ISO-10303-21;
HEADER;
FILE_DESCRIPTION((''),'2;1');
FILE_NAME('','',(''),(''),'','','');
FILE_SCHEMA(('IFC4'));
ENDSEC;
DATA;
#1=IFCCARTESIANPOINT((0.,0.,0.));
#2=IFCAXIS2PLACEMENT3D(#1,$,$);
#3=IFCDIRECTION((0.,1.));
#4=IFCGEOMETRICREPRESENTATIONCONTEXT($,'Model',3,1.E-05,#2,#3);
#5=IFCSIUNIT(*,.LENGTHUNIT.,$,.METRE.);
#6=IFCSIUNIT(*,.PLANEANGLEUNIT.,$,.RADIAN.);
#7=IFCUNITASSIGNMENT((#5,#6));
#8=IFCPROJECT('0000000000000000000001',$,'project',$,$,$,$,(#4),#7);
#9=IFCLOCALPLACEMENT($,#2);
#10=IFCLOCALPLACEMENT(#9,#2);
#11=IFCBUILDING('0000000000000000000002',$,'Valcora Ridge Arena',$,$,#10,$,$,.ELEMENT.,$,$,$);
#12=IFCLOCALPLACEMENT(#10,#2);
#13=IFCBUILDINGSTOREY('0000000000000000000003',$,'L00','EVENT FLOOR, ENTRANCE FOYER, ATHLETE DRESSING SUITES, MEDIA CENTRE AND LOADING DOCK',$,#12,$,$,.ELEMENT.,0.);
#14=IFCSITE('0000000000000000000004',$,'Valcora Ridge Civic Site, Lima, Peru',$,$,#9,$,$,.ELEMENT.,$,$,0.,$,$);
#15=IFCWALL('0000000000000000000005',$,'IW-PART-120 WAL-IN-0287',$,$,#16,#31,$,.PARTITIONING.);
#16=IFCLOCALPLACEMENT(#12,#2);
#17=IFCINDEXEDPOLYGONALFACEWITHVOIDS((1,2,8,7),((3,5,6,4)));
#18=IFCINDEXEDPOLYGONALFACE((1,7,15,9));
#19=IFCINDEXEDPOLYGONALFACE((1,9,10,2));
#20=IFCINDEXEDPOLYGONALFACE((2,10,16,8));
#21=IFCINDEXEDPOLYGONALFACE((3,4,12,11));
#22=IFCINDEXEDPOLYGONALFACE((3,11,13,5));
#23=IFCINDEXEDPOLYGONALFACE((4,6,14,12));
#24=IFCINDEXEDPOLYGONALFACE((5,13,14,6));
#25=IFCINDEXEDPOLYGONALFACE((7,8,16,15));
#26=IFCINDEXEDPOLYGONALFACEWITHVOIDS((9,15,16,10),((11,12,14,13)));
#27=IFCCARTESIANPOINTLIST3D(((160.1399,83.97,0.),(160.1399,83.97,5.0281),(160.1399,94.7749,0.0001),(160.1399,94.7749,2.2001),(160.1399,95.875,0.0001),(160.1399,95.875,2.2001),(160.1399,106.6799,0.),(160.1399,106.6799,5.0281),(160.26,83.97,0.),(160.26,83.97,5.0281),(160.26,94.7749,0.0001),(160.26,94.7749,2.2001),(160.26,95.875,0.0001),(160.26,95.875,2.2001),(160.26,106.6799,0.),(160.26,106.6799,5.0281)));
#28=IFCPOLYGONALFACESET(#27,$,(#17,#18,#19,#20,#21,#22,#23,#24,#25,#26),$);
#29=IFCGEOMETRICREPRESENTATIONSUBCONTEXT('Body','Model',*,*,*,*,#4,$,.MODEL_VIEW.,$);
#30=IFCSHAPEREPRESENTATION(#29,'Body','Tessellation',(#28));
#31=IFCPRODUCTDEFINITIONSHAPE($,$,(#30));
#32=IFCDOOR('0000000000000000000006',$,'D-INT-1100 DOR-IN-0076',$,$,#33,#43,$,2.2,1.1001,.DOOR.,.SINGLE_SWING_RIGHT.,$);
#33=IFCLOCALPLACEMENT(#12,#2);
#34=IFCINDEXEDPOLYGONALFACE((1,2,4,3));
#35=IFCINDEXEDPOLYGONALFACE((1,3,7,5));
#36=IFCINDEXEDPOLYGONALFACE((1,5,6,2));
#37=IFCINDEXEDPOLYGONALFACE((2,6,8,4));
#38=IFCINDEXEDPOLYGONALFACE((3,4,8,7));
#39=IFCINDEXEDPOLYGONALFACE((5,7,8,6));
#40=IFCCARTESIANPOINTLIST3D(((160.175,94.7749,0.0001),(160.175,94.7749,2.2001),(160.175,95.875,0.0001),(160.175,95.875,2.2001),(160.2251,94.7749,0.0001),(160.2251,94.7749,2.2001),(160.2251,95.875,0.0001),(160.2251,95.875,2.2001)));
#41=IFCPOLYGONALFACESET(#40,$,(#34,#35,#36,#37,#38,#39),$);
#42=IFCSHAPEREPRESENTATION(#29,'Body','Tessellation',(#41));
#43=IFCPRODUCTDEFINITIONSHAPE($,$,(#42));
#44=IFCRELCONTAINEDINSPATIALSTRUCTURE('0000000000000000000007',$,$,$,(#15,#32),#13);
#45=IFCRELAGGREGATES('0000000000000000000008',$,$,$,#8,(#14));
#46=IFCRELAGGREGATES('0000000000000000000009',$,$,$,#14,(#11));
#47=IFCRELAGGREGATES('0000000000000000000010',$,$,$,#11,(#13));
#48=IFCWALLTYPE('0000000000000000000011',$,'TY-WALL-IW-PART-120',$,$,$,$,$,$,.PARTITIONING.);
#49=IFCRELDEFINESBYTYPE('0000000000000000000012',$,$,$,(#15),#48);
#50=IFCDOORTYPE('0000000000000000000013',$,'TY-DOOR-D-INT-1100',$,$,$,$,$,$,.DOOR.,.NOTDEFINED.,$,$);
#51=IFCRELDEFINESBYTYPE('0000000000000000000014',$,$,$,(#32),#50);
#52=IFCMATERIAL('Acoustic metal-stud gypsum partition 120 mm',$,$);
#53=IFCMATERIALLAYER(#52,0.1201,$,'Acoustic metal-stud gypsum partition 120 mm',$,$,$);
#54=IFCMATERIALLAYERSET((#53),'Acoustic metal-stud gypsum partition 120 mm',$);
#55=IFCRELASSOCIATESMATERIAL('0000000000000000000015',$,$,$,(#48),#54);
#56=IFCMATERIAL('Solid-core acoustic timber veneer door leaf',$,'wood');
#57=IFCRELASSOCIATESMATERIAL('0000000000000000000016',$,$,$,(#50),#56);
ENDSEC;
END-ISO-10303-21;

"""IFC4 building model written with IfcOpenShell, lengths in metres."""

from ifc_helpers import new_model, si_unit, direction, frame, frame_2d, origin, place, context, subcontext, project, spatial, rectangle, extrude, material, layer, layer_set, type_object, element, fill, save


model = new_model("IFC4")

# Units and contexts
model_context = context("Model", 3, precision=1e-05, world=origin(), true_north=direction((0.0, 1.0)))
body_context = subcontext(model_context, "Body", "Model", "MODEL_VIEW")
ifc_project = project(units=[si_unit("LENGTHUNIT", "METRE"), si_unit("PLANEANGLEUNIT", "RADIAN")], contexts=[model_context])

# Site, building, storey
site_placement = place(None, origin())
site = spatial("IfcSite", under=ifc_project, at=site_placement, Name="Valcora Ridge Civic Site, Lima, Peru", CompositionType="ELEMENT", RefElevation=0.0)
building_placement = place(site_placement, origin())
building = spatial("IfcBuilding", under=site, at=building_placement, Name="Valcora Ridge Arena", CompositionType="ELEMENT")
storey_placement = place(building_placement, origin())
storey = spatial("IfcBuildingStorey", under=building, at=storey_placement, Name="L00", Description="EVENT FLOOR, ENTRANCE FOYER, ATHLETE DRESSING SUITES, MEDIA CENTRE AND LOADING DOCK", CompositionType="ELEMENT", Elevation=0.0)

# Shared definitions
ifc_material_1 = material(Name="Acoustic metal-stud gypsum partition 120 mm")
ifc_layer_1 = layer(ifc_material_1, 0.1201, Name="Acoustic metal-stud gypsum partition 120 mm")
ifc_layer_set_1 = layer_set([ifc_layer_1], Name="Acoustic metal-stud gypsum partition 120 mm")
wall_type = type_object("IfcWallType", Name="TY-WALL-IW-PART-120", PredefinedType="PARTITIONING", material=ifc_layer_set_1)

# Wall, opening, door
wall_1_placement = place(storey_placement, frame((160.2, 83.97, 0.0), z_axis=(0.0, 0.0, 1.0), x_axis=(0.0, 1.0, 0.0)))
wall_1 = element("IfcWall", 1, at=wall_1_placement, inside=storey, type_object=wall_type, Name="IW-PART-120 WAL-IN-0287", PredefinedType="PARTITIONING", context=body_context, shape_type="SweptSolid", body=[
    extrude(rectangle(XDim=22.71, YDim=0.1201, at=frame_2d((11.355, 0.0))), origin(), (0.0, 0.0, 1.0), 5.0281),
])
opening_placement = place(wall_1_placement, frame((10.8049, 0.0, 0.0)))
opening = element("IfcOpeningElement", 2, at=opening_placement, cuts=wall_1, PredefinedType="OPENING", context=body_context, shape_type="SweptSolid", body=[
    extrude(rectangle(XDim=1.1001, YDim=2.2, at=frame_2d((0.55, 1.1001))), frame((0.0, 0.0701, 0.0), z_axis=(0.0, -1.0, 0.0), x_axis=(1.0, 0.0, 0.0)), (0.0, 0.0, 1.0), 0.1401),
])
ifc_material_2 = material(Name="Solid-core acoustic timber veneer door leaf", Category="wood")
door_type = type_object("IfcDoorType", Name="TY-DOOR-D-INT-1100", OperationType="NOTDEFINED", PredefinedType="DOOR", material=ifc_material_2)
door_placement = place(opening_placement, origin())
door = element("IfcDoor", 3, at=door_placement, inside=storey, type_object=door_type, Name="D-INT-1100 DOR-IN-0076", OperationType="SINGLE_SWING_RIGHT", OverallHeight=2.2, OverallWidth=1.1001, PredefinedType="DOOR", context=body_context, shape_type="SweptSolid", body=[
    extrude(rectangle(XDim=1.1001, YDim=2.2, at=frame_2d((0.55, 1.1001))), frame((0.0, 0.0249, 0.0), z_axis=(0.0, -1.0, 0.0), x_axis=(1.0, 0.0, 0.0)), (0.0, 0.0, 1.0), 0.05),
])
fill(opening, door)

save(model, "model.ifc")
